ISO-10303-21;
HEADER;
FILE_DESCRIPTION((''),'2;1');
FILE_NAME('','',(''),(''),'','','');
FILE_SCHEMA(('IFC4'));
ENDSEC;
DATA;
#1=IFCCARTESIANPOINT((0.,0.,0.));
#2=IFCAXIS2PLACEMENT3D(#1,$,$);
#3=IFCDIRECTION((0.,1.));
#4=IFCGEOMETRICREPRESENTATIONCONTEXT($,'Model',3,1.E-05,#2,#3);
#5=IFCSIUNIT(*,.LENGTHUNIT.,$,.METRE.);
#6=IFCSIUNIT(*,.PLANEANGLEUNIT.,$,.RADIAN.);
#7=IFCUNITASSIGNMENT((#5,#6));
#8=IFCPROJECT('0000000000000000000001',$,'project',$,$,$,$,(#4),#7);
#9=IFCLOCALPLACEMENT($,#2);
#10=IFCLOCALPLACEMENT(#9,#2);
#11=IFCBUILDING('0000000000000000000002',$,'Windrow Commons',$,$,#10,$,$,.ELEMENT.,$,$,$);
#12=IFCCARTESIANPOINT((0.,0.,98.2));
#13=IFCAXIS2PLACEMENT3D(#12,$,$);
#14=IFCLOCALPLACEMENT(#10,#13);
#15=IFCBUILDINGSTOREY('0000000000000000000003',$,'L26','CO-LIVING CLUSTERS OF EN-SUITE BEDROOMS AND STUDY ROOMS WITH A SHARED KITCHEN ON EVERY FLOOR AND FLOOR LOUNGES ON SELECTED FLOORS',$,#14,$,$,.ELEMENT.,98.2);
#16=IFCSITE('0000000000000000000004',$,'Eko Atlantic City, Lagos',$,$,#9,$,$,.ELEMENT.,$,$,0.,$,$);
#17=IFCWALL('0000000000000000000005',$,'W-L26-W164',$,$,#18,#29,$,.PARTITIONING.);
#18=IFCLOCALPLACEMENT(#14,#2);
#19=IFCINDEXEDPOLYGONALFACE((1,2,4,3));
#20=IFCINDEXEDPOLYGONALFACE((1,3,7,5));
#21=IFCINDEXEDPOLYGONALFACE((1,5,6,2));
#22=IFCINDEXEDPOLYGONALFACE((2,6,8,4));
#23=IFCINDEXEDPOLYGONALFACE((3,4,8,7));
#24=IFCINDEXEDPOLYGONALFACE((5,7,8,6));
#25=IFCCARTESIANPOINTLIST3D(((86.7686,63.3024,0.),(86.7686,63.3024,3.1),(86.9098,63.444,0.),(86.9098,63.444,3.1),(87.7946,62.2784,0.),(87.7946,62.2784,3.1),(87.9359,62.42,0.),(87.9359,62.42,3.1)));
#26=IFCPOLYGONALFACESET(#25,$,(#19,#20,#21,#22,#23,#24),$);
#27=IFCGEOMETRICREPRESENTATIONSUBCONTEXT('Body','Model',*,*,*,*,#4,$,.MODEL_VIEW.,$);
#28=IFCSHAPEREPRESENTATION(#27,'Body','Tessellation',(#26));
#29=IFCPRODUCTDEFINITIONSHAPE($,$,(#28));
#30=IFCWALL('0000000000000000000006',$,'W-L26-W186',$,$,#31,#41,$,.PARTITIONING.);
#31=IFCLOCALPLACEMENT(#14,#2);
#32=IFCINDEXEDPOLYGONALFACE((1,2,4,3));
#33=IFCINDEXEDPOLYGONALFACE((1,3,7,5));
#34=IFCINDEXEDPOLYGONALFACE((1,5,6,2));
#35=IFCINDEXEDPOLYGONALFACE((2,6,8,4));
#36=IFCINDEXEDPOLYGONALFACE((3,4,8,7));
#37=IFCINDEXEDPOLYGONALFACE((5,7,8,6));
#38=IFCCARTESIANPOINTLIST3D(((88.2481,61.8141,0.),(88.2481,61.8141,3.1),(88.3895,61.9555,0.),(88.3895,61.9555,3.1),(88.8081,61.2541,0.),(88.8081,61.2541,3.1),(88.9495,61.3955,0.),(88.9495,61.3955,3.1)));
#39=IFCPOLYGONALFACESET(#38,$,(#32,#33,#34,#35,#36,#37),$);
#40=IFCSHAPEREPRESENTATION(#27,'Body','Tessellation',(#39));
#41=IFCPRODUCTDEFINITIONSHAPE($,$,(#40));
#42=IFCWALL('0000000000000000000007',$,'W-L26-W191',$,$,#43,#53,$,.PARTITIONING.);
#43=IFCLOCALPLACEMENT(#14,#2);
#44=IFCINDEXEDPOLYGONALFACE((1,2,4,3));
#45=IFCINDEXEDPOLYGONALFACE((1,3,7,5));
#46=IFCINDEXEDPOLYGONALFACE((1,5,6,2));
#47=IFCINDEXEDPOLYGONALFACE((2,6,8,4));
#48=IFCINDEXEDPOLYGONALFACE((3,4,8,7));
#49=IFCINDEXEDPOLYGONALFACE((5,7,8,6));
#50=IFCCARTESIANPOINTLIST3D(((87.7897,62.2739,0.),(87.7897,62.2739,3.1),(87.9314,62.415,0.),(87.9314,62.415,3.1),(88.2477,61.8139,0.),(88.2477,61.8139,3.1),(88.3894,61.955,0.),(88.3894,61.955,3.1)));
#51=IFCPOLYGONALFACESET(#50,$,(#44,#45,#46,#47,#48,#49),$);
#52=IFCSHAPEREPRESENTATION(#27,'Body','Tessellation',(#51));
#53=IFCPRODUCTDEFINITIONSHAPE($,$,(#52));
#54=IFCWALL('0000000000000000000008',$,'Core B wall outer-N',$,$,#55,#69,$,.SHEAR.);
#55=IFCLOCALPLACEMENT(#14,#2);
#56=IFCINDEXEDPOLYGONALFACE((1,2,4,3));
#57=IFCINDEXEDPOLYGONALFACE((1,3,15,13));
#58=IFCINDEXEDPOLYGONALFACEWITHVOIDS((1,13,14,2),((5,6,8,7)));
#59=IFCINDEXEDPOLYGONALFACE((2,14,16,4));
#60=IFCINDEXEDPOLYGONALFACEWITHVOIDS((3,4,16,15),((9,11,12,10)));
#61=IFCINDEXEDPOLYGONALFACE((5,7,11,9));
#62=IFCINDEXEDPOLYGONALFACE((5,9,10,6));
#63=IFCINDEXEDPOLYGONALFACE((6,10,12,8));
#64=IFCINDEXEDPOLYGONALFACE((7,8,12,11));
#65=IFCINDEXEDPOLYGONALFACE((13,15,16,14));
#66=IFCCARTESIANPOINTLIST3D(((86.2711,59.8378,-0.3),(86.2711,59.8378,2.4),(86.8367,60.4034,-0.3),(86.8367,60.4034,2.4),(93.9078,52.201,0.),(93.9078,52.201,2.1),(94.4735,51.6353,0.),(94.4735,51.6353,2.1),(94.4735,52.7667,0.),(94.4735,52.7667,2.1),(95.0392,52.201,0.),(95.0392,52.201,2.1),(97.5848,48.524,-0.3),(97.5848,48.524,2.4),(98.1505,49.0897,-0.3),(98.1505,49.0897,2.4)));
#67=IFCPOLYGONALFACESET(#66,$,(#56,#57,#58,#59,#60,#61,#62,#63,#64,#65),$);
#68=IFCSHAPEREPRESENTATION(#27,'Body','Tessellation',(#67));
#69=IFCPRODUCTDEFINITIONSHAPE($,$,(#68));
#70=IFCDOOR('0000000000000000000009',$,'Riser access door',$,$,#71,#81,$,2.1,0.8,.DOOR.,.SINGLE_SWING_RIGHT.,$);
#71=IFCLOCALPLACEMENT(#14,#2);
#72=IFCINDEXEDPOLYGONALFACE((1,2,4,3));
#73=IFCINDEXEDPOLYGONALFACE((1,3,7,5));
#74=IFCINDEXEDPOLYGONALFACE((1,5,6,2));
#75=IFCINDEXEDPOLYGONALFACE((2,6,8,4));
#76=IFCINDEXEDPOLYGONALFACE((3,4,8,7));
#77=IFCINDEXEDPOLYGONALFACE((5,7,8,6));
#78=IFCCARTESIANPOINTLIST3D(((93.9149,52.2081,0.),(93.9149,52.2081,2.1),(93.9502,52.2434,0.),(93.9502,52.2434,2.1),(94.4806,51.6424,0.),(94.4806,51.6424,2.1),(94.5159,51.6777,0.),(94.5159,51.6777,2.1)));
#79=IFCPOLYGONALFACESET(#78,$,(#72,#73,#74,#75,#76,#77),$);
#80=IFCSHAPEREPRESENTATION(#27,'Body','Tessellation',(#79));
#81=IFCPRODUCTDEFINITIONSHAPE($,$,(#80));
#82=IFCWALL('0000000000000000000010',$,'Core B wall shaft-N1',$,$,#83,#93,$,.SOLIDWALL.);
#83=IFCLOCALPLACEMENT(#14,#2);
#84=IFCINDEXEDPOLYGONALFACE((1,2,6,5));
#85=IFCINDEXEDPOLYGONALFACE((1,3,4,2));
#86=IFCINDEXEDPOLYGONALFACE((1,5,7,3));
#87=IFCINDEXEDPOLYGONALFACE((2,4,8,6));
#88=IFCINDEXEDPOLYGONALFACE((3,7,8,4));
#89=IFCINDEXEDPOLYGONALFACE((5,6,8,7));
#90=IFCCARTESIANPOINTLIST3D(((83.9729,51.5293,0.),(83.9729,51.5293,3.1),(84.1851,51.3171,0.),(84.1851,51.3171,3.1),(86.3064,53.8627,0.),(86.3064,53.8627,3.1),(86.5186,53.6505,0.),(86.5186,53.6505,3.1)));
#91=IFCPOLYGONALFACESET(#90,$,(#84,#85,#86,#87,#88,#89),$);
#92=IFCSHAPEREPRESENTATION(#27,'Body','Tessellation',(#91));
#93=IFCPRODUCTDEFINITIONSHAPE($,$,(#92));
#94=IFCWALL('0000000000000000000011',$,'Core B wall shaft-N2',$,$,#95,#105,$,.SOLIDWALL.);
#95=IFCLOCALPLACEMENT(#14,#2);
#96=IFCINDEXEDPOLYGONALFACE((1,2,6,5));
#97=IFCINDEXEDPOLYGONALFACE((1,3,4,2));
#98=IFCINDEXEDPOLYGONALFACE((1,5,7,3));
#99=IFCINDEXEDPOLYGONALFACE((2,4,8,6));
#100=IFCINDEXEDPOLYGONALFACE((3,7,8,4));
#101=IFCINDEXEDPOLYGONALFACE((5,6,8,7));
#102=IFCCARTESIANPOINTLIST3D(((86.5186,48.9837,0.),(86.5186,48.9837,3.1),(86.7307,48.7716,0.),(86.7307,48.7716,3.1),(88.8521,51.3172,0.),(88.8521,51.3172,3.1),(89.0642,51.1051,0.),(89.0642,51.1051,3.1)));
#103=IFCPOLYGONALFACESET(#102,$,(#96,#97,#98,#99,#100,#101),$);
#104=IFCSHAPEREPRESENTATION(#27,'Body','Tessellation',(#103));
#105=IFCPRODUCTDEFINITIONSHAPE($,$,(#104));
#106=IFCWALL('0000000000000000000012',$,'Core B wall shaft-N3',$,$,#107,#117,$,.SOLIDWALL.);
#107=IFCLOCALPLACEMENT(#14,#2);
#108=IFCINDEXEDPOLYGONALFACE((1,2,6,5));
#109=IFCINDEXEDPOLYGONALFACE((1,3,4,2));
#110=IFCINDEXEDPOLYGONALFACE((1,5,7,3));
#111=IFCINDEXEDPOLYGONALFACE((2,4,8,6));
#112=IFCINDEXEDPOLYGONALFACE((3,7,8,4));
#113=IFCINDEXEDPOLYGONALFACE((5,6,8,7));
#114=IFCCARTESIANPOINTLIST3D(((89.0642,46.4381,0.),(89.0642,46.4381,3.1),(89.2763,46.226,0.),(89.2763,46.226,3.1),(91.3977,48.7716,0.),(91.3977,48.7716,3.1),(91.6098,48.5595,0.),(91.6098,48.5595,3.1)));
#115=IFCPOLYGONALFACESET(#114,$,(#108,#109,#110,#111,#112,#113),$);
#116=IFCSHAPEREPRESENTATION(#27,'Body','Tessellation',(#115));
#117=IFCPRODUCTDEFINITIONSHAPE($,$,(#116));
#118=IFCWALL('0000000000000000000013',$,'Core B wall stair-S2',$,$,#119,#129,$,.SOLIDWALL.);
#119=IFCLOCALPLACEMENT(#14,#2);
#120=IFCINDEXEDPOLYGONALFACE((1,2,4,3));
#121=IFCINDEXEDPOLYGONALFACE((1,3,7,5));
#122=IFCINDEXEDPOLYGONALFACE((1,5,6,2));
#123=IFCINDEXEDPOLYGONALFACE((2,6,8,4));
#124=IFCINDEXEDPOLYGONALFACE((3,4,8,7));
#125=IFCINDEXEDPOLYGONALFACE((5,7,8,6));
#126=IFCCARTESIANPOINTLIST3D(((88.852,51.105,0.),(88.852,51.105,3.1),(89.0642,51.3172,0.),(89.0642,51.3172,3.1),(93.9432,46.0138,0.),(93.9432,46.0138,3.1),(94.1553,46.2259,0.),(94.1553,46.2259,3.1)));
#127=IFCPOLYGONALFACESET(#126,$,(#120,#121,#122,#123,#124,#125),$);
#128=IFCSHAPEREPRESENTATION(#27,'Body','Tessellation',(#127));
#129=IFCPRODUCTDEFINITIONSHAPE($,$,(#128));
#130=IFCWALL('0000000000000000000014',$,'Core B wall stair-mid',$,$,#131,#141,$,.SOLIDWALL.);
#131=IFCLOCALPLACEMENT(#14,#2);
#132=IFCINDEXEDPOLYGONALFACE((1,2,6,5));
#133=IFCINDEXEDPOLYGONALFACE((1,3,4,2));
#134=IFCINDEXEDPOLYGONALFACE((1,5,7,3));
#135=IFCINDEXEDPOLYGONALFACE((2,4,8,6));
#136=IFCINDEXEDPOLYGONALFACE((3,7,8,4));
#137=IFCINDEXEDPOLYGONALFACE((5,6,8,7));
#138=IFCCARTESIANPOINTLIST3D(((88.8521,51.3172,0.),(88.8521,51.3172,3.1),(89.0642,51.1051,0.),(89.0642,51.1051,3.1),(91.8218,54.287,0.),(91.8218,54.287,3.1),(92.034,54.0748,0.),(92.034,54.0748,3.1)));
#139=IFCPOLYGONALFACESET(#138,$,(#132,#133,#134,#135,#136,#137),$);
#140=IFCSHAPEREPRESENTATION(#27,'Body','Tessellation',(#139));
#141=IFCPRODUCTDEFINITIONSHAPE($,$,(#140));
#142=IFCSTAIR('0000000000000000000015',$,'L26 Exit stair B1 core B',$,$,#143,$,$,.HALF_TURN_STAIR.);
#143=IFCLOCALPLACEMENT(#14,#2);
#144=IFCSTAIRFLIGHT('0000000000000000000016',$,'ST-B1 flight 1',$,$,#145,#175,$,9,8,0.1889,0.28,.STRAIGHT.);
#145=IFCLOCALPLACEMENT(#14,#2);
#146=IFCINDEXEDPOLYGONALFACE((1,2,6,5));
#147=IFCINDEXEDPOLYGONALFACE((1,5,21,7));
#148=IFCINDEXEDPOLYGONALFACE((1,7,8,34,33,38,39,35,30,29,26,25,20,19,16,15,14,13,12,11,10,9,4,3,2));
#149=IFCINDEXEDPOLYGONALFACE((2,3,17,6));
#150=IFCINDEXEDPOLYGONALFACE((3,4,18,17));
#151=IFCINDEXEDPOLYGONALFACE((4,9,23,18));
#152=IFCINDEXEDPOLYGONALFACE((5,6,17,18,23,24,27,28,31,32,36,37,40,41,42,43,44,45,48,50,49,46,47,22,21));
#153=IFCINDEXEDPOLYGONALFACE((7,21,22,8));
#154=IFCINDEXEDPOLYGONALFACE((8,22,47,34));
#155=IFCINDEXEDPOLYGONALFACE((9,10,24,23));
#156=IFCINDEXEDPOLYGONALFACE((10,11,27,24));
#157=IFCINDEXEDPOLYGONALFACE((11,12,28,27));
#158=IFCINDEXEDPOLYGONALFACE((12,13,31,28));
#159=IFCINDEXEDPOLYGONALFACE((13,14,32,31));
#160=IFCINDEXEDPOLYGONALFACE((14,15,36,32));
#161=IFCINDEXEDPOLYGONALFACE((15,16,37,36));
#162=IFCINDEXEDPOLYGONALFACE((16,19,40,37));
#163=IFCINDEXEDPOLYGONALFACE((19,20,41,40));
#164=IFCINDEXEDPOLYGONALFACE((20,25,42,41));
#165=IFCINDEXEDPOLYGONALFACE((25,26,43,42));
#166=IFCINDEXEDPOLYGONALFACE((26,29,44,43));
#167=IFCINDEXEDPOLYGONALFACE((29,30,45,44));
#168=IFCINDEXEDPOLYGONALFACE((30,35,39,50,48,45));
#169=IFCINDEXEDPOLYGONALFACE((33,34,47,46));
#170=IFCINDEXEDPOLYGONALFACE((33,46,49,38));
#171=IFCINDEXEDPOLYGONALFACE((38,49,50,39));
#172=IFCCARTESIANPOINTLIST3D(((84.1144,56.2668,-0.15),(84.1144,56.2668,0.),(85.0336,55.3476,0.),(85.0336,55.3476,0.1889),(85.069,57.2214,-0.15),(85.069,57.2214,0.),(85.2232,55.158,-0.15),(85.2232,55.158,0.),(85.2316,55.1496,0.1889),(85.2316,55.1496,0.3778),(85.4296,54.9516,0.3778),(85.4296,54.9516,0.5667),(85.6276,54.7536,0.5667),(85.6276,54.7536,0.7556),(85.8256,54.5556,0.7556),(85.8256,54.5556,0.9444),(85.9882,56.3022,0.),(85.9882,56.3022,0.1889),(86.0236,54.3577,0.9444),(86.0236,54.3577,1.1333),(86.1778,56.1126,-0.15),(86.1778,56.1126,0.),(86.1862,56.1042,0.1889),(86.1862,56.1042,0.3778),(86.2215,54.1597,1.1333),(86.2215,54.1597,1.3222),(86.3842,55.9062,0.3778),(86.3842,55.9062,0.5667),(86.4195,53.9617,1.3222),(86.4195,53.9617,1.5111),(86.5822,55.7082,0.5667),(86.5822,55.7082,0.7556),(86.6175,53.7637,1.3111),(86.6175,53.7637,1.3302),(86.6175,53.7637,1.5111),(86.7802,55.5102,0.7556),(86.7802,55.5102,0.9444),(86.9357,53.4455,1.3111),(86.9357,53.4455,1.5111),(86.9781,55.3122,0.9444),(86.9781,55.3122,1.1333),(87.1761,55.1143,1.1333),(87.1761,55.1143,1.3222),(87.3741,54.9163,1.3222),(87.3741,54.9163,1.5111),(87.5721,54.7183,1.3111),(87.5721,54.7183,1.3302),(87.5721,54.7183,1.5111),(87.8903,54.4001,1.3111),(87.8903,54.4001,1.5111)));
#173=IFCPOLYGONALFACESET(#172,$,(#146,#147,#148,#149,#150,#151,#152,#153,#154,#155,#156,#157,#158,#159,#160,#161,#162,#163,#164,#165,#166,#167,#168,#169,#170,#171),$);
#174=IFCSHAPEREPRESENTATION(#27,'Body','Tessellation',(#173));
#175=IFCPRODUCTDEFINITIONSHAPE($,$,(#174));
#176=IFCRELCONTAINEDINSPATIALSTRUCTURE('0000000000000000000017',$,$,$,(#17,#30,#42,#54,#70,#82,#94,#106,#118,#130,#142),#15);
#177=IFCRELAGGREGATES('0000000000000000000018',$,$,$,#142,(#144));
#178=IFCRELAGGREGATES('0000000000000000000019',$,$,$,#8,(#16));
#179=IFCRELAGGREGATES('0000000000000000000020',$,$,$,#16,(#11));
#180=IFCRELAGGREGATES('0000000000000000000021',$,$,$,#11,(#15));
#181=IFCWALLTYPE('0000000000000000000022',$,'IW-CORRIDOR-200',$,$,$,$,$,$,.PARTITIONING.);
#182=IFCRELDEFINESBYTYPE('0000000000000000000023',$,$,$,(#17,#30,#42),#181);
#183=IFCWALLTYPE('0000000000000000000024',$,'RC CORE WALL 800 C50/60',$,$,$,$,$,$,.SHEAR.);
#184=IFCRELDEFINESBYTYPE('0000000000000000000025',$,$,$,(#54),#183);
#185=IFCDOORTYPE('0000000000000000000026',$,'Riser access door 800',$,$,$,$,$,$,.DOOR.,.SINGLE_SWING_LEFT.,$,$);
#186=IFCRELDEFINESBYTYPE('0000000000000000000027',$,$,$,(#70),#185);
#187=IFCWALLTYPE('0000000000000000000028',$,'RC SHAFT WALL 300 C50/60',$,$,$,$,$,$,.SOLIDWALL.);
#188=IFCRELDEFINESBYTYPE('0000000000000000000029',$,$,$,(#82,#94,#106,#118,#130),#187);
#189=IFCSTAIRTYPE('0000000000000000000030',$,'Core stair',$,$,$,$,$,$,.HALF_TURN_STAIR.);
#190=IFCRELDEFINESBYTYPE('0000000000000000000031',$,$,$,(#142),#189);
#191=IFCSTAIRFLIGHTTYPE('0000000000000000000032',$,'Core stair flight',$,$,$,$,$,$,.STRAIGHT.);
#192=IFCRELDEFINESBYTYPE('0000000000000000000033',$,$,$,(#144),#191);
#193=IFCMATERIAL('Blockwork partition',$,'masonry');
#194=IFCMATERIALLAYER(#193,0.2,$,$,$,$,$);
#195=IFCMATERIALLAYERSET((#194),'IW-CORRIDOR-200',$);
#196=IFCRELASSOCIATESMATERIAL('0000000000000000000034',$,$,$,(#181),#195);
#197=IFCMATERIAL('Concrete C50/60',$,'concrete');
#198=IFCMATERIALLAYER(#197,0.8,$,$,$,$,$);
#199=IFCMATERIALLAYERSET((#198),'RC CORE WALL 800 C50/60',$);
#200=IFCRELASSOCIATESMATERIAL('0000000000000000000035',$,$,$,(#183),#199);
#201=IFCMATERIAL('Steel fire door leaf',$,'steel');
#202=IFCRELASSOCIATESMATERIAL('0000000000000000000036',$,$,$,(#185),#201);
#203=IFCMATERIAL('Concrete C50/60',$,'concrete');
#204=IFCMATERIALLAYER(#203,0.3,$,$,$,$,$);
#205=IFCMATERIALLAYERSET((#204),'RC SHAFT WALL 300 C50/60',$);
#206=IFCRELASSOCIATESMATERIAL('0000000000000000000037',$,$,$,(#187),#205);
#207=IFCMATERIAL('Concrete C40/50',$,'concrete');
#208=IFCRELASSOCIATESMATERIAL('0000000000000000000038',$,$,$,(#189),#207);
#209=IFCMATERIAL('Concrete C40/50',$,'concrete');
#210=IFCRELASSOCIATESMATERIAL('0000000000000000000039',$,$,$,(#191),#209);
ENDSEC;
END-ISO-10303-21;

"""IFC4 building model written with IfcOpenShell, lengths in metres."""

from ifc_helpers import new_model, si_unit, direction, frame, frame_2d, origin, place, context, subcontext, project, spatial, polyline, rectangle, outline, extrude, material, layer, layer_set, type_object, element, fill, aggregate, save


model = new_model("IFC4")

# Units and contexts
model_context = context("Model", 3, precision=1e-05, world=origin(), true_north=direction((0.0, 1.0)))
body_context = subcontext(model_context, "Body", "Model", "MODEL_VIEW")
ifc_project = project(units=[si_unit("LENGTHUNIT", "METRE"), si_unit("PLANEANGLEUNIT", "RADIAN")], contexts=[model_context])

# Site, building, storey
site_placement = place(None, origin())
site = spatial("IfcSite", under=ifc_project, at=site_placement, Name="Eko Atlantic City, Lagos", CompositionType="ELEMENT", RefElevation=0.0)
building_placement = place(site_placement, origin())
building = spatial("IfcBuilding", under=site, at=building_placement, Name="Windrow Commons", CompositionType="ELEMENT")
storey_placement = place(building_placement, frame((0.0, 0.0, 98.2)))
storey = spatial("IfcBuildingStorey", under=building, at=storey_placement, Name="L26", Description="CO-LIVING CLUSTERS OF EN-SUITE BEDROOMS AND STUDY ROOMS WITH A SHARED KITCHEN ON EVERY FLOOR AND FLOOR LOUNGES ON SELECTED FLOORS", CompositionType="ELEMENT", Elevation=98.2)

# Walls
ifc_material_1 = material(Name="Blockwork partition", Category="masonry")
ifc_layer_1 = layer(ifc_material_1, 0.2)
ifc_layer_set_1 = layer_set([ifc_layer_1], Name="IW-CORRIDOR-200")
wall_type_1 = type_object("IfcWallType", Name="IW-CORRIDOR-200", PredefinedType="PARTITIONING", material=ifc_layer_set_1)
wall_1_placement = place(storey_placement, frame((86.8392, 63.3732, 0.0), z_axis=(0.0, 0.0, 1.0), x_axis=(0.707796, -0.706417, 0.0)))
element("IfcWall", 1, at=wall_1_placement, inside=storey, type_object=wall_type_1, Name="W-L26-W164", PredefinedType="PARTITIONING", context=body_context, shape_type="SweptSolid", body=[
    extrude(rectangle(XDim=1.4496, YDim=0.2, at=frame_2d((0.7248, 0.0))), origin(), (0.0, 0.0, 1.0), 3.1),
])
wall_2_placement = place(storey_placement, frame((88.3188, 61.8848, 0.0), z_axis=(0.0, 0.0, 1.0), x_axis=(0.707107, -0.707107, 0.0)))
element("IfcWall", 2, at=wall_2_placement, inside=storey, type_object=wall_type_1, Name="W-L26-W186", PredefinedType="PARTITIONING", context=body_context, shape_type="SweptSolid", body=[
    extrude(rectangle(XDim=0.792, YDim=0.2, at=frame_2d((0.396, 0.0))), origin(), (0.0, 0.0, 1.0), 3.1),
])
wall_3_placement = place(storey_placement, frame((87.8605, 62.3445, 0.0), z_axis=(0.0, 0.0, 1.0), x_axis=(0.705565, -0.708646, 0.0)))
element("IfcWall", 3, at=wall_3_placement, inside=storey, type_object=wall_type_1, Name="W-L26-W191", PredefinedType="PARTITIONING", context=body_context, shape_type="SweptSolid", body=[
    extrude(rectangle(XDim=0.6491, YDim=0.2, at=frame_2d((0.3246, 0.0))), origin(), (0.0, 0.0, 1.0), 3.1),
])

# Wall, opening, door
ifc_material_2 = material(Name="Concrete C50/60", Category="concrete")
ifc_layer_2 = layer(ifc_material_2, 0.8)
ifc_layer_set_2 = layer_set([ifc_layer_2], Name="RC CORE WALL 800 C50/60")
wall_type_2 = type_object("IfcWallType", Name="RC CORE WALL 800 C50/60", PredefinedType="SHEAR", material=ifc_layer_set_2)
wall_4_placement = place(storey_placement, frame((86.5539, 60.1206, -0.3), z_axis=(0.0, 0.0, 1.0), x_axis=(0.707107, -0.707107, 0.0)))
wall_4 = element("IfcWall", 4, at=wall_4_placement, inside=storey, type_object=wall_type_2, Name="Core B wall outer-N", PredefinedType="SHEAR", context=body_context, shape_type="SweptSolid", body=[
    extrude(rectangle(XDim=16.0, YDim=0.8, at=frame_2d((8.0, 0.0))), origin(), (0.0, 0.0, 1.0), 2.7),
])
opening_1_placement = place(wall_4_placement, frame((10.8, 0.0, 0.3)))
opening_1 = element("IfcOpeningElement", 5, at=opening_1_placement, cuts=wall_4, PredefinedType="OPENING", context=body_context, shape_type="SweptSolid", body=[
    extrude(rectangle(XDim=0.8, YDim=2.1, at=frame_2d((0.4, 1.05))), frame((0.0, 0.41, 0.0), z_axis=(0.0, -1.0, 0.0), x_axis=(1.0, 0.0, 0.0)), (0.0, 0.0, 1.0), 0.82),
])
ifc_material_3 = material(Name="Steel fire door leaf", Category="steel")
door_type = type_object("IfcDoorType", Name="Riser access door 800", OperationType="SINGLE_SWING_LEFT", PredefinedType="DOOR", material=ifc_material_3)
door_placement = place(opening_1_placement, origin())
door = element("IfcDoor", 6, at=door_placement, inside=storey, type_object=door_type, Name="Riser access door", OperationType="SINGLE_SWING_RIGHT", OverallHeight=2.1, OverallWidth=0.8, PredefinedType="DOOR", context=body_context, shape_type="SweptSolid", body=[
    extrude(rectangle(XDim=0.8, YDim=2.1, at=frame_2d((0.4, 1.05))), frame((0.0, -0.34, 0.0), z_axis=(0.0, -1.0, 0.0), x_axis=(1.0, 0.0, 0.0)), (0.0, 0.0, 1.0), 0.05),
])
fill(opening_1, door)

# Walls
ifc_material_4 = material(Name="Concrete C50/60", Category="concrete")
ifc_layer_3 = layer(ifc_material_4, 0.3)
ifc_layer_set_3 = layer_set([ifc_layer_3], Name="RC SHAFT WALL 300 C50/60")
wall_type_3 = type_object("IfcWallType", Name="RC SHAFT WALL 300 C50/60", PredefinedType="SOLIDWALL", material=ifc_layer_set_3)
wall_5_placement = place(storey_placement, frame((84.079, 51.4232, 0.0), z_axis=(0.0, 0.0, 1.0), x_axis=(0.707122, 0.707092, 0.0)))
element("IfcWall", 7, at=wall_5_placement, inside=storey, type_object=wall_type_3, Name="Core B wall shaft-N1", PredefinedType="SOLIDWALL", context=body_context, shape_type="SweptSolid", body=[
    extrude(rectangle(XDim=3.3, YDim=0.3, at=frame_2d((1.65, 0.0))), origin(), (0.0, 0.0, 1.0), 3.1),
])
for number, where, z_axis, x_axis, name in (
    (8, (86.6246, 48.8776, 0.0), (0.0, 0.0, 1.0), (0.707107, 0.707107, 0.0), "Core B wall shaft-N2"),
    (9, (89.1702, 46.332, 0.0), (0.0, 0.0, 1.0), (0.707107, 0.707107, 0.0), "Core B wall shaft-N3"),
):
    element("IfcWall", number, at=place(storey_placement, frame(where, z_axis=z_axis, x_axis=x_axis)), inside=storey, type_object=wall_type_3, Name=name, PredefinedType="SOLIDWALL", context=body_context, shape_type="SweptSolid", body=[
        extrude(rectangle(XDim=3.3001, YDim=0.3, at=frame_2d((1.6501, 0.0))), origin(), (0.0, 0.0, 1.0), 3.1),
    ])
wall_6_placement = place(storey_placement, frame((88.9581, 51.2111, 0.0), z_axis=(0.0, 0.0, 1.0), x_axis=(0.7071, -0.707114, 0.0)))
element("IfcWall", 10, at=wall_6_placement, inside=storey, type_object=wall_type_3, Name="Core B wall stair-S2", PredefinedType="SOLIDWALL", context=body_context, shape_type="SweptSolid", body=[
    extrude(rectangle(XDim=7.2, YDim=0.3, at=frame_2d((3.6, 0.0))), origin(), (0.0, 0.0, 1.0), 3.1),
])
wall_7_placement = place(storey_placement, frame((88.9581, 51.2111, 0.0), z_axis=(0.0, 0.0, 1.0), x_axis=(0.707107, 0.707107, 0.0)))
element("IfcWall", 11, at=wall_7_placement, inside=storey, type_object=wall_type_3, Name="Core B wall stair-mid", PredefinedType="SOLIDWALL", context=body_context, shape_type="SweptSolid", body=[
    extrude(rectangle(XDim=4.1999, YDim=0.3, at=frame_2d((2.1, 0.0))), origin(), (0.0, 0.0, 1.0), 3.1),
])

# Stair, stair flight
ifc_material_5 = material(Name="Concrete C40/50", Category="concrete")
stair_type = type_object("IfcStairType", Name="Core stair", PredefinedType="HALF_TURN_STAIR", material=ifc_material_5)
stair_placement = place(storey_placement, origin())
stair = element("IfcStair", 12, at=stair_placement, inside=storey, type_object=stair_type, Name="L26 Exit stair B1 core B", PredefinedType="HALF_TURN_STAIR")
ifc_material_6 = material(Name="Concrete C40/50", Category="concrete")
stair_flight_type = type_object("IfcStairFlightType", Name="Core stair flight", PredefinedType="STRAIGHT", material=ifc_material_6)
stair_flight_1_placement = place(storey_placement, frame((85.5109, 55.8249, 0.0), z_axis=(0.0, 0.0, 1.0), x_axis=(0.707107, -0.707107, 0.0)))
stair_flight_1 = element("IfcStairFlight", 13, at=stair_flight_1_placement, type_object=stair_flight_type, Name="ST-B1 flight 1", NumberOfRisers=9, NumberOfTreads=8, PredefinedType="STRAIGHT", RiserHeight=0.1889, TreadLength=0.28, context=body_context, shape_type="SweptSolid", body=[
    extrude(outline(polyline([(-1.3, -0.15), (-1.3, 0.0), (0.0, 0.0), (0.0, 0.1889), (0.28, 0.1889), (0.28, 0.3778), (0.56, 0.3778), (0.56, 0.5667), (0.84, 0.5667), (0.84, 0.7556), (1.12, 0.7556), (1.12, 0.9444), (1.4, 0.9444), (1.4, 1.1333), (1.68, 1.1333), (1.68, 1.3222), (1.96, 1.3222), (1.96, 1.5111), (2.24, 1.5111), (2.69, 1.5111), (2.69, 1.3111), (2.24, 1.3111), (2.24, 1.3302), (0.2682, 0.0), (0.2682, -0.15), (-1.3, -0.15)])), frame((0.0, 0.675, 0.0), z_axis=(0.0, -1.0, 0.0), x_axis=(1.0, 0.0, 0.0)), (0.0, 0.0, 1.0), 1.35),
])
aggregate(stair, [stair_flight_1])

save(model, "model.ifc")
